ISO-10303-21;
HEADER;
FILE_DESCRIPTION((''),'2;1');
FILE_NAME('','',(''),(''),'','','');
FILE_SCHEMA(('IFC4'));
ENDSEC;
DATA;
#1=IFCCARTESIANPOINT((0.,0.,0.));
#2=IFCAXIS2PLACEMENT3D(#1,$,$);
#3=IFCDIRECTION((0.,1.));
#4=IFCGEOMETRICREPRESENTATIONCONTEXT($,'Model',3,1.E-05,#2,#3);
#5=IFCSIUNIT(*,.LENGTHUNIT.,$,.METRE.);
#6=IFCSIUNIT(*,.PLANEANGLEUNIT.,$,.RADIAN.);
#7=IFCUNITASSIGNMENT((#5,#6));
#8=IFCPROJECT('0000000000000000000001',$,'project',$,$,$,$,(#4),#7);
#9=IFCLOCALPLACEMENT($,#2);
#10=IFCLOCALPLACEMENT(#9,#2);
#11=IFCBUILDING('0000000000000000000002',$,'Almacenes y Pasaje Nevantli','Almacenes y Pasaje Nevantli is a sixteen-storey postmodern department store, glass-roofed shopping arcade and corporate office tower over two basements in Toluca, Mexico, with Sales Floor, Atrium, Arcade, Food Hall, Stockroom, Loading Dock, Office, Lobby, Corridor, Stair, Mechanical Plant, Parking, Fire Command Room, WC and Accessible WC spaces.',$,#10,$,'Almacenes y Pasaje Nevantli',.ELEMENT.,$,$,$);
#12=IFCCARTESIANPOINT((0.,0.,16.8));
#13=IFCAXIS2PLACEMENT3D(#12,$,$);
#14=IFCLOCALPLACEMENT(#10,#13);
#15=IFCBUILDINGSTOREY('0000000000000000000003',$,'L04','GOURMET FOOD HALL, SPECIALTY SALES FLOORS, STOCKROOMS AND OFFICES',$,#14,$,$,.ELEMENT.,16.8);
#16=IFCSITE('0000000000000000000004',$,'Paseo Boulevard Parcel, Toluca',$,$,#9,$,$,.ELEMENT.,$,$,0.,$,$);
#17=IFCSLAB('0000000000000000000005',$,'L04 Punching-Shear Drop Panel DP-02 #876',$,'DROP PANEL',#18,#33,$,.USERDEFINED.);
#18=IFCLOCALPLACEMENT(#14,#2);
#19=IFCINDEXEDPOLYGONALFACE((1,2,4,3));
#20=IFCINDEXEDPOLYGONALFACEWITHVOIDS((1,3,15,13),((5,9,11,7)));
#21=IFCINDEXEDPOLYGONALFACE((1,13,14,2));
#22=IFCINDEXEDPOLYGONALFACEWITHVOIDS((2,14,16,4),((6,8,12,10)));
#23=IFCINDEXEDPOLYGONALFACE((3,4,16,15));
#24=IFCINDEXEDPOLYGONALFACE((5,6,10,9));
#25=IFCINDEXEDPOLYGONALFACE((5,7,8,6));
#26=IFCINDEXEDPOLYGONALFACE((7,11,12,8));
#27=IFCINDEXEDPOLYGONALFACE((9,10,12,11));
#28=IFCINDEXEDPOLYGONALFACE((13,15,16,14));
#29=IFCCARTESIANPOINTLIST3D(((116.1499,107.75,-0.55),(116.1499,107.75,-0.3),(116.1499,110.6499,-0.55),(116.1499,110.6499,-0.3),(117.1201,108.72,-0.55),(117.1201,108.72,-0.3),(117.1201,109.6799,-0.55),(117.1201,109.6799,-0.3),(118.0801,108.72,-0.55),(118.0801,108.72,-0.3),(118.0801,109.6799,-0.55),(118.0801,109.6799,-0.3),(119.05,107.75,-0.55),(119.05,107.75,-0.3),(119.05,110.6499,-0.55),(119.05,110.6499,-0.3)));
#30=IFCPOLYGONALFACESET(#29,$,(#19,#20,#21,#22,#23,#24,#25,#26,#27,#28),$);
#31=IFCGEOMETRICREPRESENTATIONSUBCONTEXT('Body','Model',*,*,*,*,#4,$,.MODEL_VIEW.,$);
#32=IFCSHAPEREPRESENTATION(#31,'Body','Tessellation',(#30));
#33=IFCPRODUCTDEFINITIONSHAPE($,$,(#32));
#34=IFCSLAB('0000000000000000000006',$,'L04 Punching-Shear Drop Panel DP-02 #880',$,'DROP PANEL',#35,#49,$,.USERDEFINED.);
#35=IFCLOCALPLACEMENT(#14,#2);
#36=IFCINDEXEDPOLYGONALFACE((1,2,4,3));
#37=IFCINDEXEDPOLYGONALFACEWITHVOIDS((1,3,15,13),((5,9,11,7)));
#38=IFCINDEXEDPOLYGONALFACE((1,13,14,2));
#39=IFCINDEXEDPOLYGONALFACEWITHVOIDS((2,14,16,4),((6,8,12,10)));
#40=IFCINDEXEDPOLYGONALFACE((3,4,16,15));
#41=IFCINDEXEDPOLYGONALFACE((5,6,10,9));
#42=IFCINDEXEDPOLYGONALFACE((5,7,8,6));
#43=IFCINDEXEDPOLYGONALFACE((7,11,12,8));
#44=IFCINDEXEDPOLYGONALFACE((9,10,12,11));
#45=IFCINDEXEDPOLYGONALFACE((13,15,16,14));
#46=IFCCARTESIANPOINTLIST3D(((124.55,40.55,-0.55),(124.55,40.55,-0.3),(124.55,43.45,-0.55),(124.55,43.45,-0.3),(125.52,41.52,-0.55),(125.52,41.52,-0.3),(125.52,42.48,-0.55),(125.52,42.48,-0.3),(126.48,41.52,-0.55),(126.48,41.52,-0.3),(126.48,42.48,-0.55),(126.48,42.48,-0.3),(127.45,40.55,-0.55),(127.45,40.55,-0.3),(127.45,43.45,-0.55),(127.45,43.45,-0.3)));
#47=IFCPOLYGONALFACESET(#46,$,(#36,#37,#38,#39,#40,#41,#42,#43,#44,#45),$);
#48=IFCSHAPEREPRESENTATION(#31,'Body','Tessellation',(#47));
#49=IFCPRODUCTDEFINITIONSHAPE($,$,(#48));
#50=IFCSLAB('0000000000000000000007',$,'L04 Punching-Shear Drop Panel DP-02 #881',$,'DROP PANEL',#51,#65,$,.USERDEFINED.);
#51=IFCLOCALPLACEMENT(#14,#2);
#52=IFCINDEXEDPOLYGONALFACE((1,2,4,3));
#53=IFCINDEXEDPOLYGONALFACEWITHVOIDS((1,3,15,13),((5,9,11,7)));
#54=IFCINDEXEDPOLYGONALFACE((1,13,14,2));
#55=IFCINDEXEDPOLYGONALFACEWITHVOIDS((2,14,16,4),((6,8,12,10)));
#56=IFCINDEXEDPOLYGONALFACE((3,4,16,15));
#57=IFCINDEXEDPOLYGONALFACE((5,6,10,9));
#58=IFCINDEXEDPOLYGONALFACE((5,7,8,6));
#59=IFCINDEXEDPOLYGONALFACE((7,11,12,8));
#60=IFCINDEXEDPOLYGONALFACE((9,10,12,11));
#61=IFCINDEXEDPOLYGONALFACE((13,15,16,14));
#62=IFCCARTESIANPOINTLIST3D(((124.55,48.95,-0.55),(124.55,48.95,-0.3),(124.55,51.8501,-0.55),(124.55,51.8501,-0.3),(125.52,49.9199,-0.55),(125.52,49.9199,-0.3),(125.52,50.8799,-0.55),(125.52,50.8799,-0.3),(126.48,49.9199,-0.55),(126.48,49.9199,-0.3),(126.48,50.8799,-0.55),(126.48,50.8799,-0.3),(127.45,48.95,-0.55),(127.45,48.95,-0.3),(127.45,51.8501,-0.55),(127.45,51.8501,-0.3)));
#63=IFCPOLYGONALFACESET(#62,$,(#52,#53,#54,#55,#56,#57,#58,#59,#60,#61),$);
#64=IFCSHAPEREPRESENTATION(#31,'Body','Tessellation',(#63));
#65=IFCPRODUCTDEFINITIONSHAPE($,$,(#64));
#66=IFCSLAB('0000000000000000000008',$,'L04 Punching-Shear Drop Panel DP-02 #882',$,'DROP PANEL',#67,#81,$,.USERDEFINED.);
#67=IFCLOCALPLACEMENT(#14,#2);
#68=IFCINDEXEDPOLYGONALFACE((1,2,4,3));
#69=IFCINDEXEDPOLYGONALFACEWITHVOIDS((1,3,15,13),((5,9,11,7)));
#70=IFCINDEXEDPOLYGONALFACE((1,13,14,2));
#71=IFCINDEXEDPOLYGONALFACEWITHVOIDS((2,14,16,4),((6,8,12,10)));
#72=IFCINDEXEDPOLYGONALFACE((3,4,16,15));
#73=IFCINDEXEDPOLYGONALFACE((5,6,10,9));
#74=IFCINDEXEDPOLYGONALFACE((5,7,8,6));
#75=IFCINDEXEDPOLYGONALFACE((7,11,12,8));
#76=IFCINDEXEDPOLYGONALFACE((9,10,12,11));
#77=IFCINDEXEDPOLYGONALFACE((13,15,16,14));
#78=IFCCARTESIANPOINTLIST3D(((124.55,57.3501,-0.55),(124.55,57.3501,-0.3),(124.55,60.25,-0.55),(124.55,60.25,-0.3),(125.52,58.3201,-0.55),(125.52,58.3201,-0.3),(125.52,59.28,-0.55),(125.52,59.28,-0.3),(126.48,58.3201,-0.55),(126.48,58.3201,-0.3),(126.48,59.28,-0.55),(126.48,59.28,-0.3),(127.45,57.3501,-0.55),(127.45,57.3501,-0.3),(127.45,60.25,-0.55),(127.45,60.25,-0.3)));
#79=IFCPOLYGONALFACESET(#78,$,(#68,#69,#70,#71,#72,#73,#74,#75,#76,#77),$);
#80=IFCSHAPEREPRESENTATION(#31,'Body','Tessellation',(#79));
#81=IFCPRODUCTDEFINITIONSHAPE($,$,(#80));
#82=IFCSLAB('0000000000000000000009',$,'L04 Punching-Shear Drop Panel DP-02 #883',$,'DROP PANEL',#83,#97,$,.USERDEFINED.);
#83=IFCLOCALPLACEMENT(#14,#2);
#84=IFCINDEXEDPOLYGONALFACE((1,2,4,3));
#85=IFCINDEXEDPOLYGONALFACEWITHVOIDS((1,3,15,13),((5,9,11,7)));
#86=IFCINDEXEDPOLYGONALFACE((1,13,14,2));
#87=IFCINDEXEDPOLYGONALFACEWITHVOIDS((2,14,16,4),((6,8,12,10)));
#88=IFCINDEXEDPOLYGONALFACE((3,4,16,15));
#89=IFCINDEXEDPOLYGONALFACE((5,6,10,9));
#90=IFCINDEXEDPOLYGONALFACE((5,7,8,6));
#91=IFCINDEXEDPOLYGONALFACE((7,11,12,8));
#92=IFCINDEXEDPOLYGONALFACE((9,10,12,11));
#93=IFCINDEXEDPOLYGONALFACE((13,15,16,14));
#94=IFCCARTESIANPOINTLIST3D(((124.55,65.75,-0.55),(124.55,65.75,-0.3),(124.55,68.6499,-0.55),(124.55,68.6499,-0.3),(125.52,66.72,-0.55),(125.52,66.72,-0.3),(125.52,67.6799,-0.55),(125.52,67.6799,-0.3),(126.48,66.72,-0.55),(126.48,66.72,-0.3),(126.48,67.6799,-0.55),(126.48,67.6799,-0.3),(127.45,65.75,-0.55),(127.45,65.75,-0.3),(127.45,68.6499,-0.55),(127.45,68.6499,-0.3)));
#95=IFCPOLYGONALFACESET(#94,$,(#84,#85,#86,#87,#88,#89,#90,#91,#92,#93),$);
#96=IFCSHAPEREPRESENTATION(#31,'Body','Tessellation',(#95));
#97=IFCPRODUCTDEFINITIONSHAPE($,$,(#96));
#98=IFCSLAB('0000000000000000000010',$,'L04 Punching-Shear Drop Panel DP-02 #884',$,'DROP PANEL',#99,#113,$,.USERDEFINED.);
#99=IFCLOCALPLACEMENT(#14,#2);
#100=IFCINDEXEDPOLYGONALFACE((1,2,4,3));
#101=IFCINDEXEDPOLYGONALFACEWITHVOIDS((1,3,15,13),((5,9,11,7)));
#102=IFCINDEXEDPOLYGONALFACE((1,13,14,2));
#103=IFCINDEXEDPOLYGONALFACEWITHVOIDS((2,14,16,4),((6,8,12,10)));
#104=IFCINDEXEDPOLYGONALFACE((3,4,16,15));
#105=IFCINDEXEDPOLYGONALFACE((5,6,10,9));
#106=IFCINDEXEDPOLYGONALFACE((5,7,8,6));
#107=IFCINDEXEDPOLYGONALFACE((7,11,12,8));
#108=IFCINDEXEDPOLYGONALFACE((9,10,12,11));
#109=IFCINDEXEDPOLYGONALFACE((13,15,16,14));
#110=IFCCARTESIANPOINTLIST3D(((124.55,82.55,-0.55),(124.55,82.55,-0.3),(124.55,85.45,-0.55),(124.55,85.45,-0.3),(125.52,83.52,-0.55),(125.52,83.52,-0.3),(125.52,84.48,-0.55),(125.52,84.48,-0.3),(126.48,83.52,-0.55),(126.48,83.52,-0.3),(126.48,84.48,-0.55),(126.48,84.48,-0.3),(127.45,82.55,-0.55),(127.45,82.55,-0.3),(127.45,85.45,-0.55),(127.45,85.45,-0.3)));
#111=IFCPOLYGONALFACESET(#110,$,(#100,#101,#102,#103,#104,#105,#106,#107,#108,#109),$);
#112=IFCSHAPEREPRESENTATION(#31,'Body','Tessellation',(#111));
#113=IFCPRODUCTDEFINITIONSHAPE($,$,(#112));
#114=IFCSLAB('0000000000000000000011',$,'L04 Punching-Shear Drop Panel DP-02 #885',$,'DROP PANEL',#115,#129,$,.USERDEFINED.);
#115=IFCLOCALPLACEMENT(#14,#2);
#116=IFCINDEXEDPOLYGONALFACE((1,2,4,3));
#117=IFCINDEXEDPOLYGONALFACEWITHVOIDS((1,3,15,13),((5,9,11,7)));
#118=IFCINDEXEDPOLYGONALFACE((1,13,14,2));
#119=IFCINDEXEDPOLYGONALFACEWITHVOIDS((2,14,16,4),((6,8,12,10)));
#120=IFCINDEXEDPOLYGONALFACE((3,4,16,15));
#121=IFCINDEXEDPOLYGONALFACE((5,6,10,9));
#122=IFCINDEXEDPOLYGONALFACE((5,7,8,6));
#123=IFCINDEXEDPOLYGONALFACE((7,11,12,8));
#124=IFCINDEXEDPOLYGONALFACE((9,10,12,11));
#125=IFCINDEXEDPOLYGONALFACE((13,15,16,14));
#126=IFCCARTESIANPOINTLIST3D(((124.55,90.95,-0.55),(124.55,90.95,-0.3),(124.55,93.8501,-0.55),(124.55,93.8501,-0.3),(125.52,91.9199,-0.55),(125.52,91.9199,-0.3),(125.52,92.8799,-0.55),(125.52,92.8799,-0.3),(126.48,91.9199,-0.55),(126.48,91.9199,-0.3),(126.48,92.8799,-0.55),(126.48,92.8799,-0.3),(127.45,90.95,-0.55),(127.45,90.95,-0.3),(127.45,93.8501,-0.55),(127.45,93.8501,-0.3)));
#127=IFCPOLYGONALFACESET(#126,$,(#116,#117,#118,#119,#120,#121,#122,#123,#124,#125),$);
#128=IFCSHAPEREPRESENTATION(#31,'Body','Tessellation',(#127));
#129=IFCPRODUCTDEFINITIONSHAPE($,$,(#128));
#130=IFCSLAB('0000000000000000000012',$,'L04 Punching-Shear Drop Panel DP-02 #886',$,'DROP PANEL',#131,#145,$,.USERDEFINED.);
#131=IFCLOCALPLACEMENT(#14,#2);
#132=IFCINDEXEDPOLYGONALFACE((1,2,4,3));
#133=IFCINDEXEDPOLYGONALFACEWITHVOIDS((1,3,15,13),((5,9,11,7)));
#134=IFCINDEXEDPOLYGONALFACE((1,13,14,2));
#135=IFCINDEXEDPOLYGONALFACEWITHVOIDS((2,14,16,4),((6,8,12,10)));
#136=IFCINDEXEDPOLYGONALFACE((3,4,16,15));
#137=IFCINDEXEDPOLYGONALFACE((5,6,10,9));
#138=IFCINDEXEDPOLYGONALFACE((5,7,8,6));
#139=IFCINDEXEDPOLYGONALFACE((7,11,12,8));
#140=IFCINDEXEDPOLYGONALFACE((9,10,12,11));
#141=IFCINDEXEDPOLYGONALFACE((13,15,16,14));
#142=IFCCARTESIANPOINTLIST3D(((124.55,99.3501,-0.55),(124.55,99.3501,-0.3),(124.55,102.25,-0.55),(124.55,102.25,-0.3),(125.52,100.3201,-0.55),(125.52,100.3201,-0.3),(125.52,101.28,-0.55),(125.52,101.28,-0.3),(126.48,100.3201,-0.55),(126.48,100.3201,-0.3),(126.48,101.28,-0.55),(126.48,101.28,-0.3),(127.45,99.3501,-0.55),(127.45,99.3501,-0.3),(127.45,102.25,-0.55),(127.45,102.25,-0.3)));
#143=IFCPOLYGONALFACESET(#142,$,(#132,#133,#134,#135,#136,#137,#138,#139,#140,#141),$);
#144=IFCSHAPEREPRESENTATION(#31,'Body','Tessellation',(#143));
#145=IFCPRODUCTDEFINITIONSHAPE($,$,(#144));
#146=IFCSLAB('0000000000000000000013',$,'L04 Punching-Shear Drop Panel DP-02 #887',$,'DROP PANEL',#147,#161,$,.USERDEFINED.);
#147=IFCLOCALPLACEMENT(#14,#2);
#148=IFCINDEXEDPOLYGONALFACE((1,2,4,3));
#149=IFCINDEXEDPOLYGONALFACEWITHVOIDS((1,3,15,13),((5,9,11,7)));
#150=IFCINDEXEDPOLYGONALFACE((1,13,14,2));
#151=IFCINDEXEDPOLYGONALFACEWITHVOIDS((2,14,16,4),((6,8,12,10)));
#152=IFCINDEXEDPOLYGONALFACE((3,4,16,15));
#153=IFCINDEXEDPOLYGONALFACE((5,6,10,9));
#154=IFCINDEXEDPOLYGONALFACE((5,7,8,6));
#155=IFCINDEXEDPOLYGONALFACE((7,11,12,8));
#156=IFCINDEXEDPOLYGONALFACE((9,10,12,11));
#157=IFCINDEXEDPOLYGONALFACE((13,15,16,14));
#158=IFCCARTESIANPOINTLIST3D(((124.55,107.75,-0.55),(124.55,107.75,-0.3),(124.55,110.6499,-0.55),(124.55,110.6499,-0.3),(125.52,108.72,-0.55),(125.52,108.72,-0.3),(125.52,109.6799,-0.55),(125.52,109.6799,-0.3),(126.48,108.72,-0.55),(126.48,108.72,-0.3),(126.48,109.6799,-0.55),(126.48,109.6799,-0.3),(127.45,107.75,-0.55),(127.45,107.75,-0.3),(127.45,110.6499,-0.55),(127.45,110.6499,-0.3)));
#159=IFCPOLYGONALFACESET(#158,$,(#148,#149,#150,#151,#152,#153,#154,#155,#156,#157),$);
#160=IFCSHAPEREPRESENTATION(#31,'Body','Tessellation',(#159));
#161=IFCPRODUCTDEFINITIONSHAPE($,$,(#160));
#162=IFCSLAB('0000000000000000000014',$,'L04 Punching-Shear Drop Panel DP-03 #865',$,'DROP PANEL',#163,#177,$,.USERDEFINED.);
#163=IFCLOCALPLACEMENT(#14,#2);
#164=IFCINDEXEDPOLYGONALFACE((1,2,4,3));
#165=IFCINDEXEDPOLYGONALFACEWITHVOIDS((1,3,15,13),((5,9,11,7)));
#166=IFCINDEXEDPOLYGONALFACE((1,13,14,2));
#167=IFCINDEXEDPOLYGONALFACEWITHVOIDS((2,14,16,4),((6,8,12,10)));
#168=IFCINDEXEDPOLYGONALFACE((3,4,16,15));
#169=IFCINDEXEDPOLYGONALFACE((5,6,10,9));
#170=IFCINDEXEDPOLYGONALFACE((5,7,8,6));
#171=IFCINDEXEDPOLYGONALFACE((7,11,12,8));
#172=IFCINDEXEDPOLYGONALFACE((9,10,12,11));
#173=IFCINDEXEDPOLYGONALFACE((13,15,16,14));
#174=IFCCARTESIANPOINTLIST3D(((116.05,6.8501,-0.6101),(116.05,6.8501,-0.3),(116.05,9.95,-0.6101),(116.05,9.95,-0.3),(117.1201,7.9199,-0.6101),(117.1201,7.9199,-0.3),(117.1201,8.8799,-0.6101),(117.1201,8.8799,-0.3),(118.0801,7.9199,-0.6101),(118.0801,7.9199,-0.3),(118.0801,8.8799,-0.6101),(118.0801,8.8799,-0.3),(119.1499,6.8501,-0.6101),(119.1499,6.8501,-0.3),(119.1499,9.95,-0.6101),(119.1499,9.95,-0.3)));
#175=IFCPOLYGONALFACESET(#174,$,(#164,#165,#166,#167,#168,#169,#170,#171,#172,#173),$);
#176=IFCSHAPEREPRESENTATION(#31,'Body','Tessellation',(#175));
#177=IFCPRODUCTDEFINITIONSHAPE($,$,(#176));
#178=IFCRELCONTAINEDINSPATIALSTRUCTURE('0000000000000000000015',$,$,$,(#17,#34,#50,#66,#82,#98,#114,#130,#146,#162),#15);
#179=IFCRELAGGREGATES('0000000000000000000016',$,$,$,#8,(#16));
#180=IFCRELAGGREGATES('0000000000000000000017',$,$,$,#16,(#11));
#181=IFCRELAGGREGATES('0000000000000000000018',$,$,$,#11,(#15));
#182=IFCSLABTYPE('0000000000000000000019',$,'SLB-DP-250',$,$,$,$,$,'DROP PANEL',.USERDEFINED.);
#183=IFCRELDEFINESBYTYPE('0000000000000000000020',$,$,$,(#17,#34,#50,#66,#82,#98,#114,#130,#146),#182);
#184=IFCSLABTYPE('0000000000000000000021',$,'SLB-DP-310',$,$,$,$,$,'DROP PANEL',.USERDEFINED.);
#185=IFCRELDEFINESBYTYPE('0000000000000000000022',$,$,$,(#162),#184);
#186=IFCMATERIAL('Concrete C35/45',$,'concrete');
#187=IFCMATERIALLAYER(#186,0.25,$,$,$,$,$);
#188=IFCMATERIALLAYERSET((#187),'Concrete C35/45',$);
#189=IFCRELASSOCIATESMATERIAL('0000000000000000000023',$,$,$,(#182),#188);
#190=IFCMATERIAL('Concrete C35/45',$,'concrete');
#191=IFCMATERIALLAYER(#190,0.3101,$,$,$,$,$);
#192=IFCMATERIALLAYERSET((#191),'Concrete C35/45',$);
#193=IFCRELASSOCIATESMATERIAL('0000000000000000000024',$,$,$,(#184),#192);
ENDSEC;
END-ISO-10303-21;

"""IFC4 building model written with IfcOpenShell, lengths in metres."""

from ifc_helpers import new_model, si_unit, direction, frame, origin, place, context, subcontext, project, spatial, polyline, outline, extrude, material, layer, layer_set, type_object, element, save


model = new_model("IFC4")

# Units and contexts
model_context = context("Model", 3, precision=1e-05, world=origin(), true_north=direction((0.0, 1.0)))
body_context = subcontext(model_context, "Body", "Model", "MODEL_VIEW")
ifc_project = project(units=[si_unit("LENGTHUNIT", "METRE"), si_unit("PLANEANGLEUNIT", "RADIAN")], contexts=[model_context])

# Site, building, storey
site_placement = place(None, origin())
site = spatial("IfcSite", under=ifc_project, at=site_placement, Name="Paseo Boulevard Parcel, Toluca", CompositionType="ELEMENT", RefElevation=0.0)
building_placement = place(site_placement, origin())
building = spatial("IfcBuilding", under=site, at=building_placement, Name="Almacenes y Pasaje Nevantli", Description="Almacenes y Pasaje Nevantli is a sixteen-storey postmodern department store, glass-roofed shopping arcade and corporate office tower over two basements in Toluca, Mexico, with Sales Floor, Atrium, Arcade, Food Hall, Stockroom, Loading Dock, Office, Lobby, Corridor, Stair, Mechanical Plant, Parking, Fire Command Room, WC and Accessible WC spaces.", LongName="Almacenes y Pasaje Nevantli", CompositionType="ELEMENT")
storey_placement = place(building_placement, frame((0.0, 0.0, 16.8)))
storey = spatial("IfcBuildingStorey", under=building, at=storey_placement, Name="L04", Description="GOURMET FOOD HALL, SPECIALTY SALES FLOORS, STOCKROOMS AND OFFICES", CompositionType="ELEMENT", Elevation=16.8)

# Slabs
ifc_material_1 = material(Name="Concrete C35/45", Category="concrete")
ifc_layer_1 = layer(ifc_material_1, 0.25)
ifc_layer_set_1 = layer_set([ifc_layer_1], Name="Concrete C35/45")
slab_type_1 = type_object("IfcSlabType", Name="SLB-DP-250", ElementType="DROP PANEL", PredefinedType="USERDEFINED", material=ifc_layer_set_1)
slab_1_placement = place(storey_placement, frame((0.0, 0.0, -0.55)))
element("IfcSlab", 1, at=slab_1_placement, inside=storey, type_object=slab_type_1, Name="L04 Punching-Shear Drop Panel DP-02 #876", ObjectType="DROP PANEL", PredefinedType="USERDEFINED", context=body_context, shape_type="SweptSolid", body=[
    extrude(outline(polyline([(116.1499, 107.75), (119.05, 107.75), (119.05, 110.6499), (116.1499, 110.6499), (116.1499, 107.75)]), holes=[polyline([(117.1201, 108.72), (118.0801, 108.72), (118.0801, 109.6799), (117.1201, 109.6799), (117.1201, 108.72)])]), origin(), (0.0, 0.0, 1.0), 0.25),
])
slab_2_placement = place(storey_placement, frame((0.0, 0.0, -0.55)))
element("IfcSlab", 2, at=slab_2_placement, inside=storey, type_object=slab_type_1, Name="L04 Punching-Shear Drop Panel DP-02 #880", ObjectType="DROP PANEL", PredefinedType="USERDEFINED", context=body_context, shape_type="SweptSolid", body=[
    extrude(outline(polyline([(124.55, 40.55), (127.45, 40.55), (127.45, 43.45), (124.55, 43.45), (124.55, 40.55)]), holes=[polyline([(125.52, 41.52), (126.48, 41.52), (126.48, 42.48), (125.52, 42.48), (125.52, 41.52)])]), origin(), (0.0, 0.0, 1.0), 0.25),
])
slab_3_placement = place(storey_placement, frame((0.0, 0.0, -0.55)))
element("IfcSlab", 3, at=slab_3_placement, inside=storey, type_object=slab_type_1, Name="L04 Punching-Shear Drop Panel DP-02 #881", ObjectType="DROP PANEL", PredefinedType="USERDEFINED", context=body_context, shape_type="SweptSolid", body=[
    extrude(outline(polyline([(124.55, 48.95), (127.45, 48.95), (127.45, 51.8501), (124.55, 51.8501), (124.55, 48.95)]), holes=[polyline([(125.52, 49.9199), (126.48, 49.9199), (126.48, 50.8799), (125.52, 50.8799), (125.52, 49.9199)])]), origin(), (0.0, 0.0, 1.0), 0.25),
])
slab_4_placement = place(storey_placement, frame((0.0, 0.0, -0.55)))
element("IfcSlab", 4, at=slab_4_placement, inside=storey, type_object=slab_type_1, Name="L04 Punching-Shear Drop Panel DP-02 #882", ObjectType="DROP PANEL", PredefinedType="USERDEFINED", context=body_context, shape_type="SweptSolid", body=[
    extrude(outline(polyline([(124.55, 57.3501), (127.45, 57.3501), (127.45, 60.25), (124.55, 60.25), (124.55, 57.3501)]), holes=[polyline([(125.52, 58.3201), (126.48, 58.3201), (126.48, 59.28), (125.52, 59.28), (125.52, 58.3201)])]), origin(), (0.0, 0.0, 1.0), 0.25),
])
slab_5_placement = place(storey_placement, frame((0.0, 0.0, -0.55)))
element("IfcSlab", 5, at=slab_5_placement, inside=storey, type_object=slab_type_1, Name="L04 Punching-Shear Drop Panel DP-02 #883", ObjectType="DROP PANEL", PredefinedType="USERDEFINED", context=body_context, shape_type="SweptSolid", body=[
    extrude(outline(polyline([(124.55, 65.75), (127.45, 65.75), (127.45, 68.6499), (124.55, 68.6499), (124.55, 65.75)]), holes=[polyline([(125.52, 66.72), (126.48, 66.72), (126.48, 67.6799), (125.52, 67.6799), (125.52, 66.72)])]), origin(), (0.0, 0.0, 1.0), 0.25),
])
slab_6_placement = place(storey_placement, frame((0.0, 0.0, -0.55)))
element("IfcSlab", 6, at=slab_6_placement, inside=storey, type_object=slab_type_1, Name="L04 Punching-Shear Drop Panel DP-02 #884", ObjectType="DROP PANEL", PredefinedType="USERDEFINED", context=body_context, shape_type="SweptSolid", body=[
    extrude(outline(polyline([(124.55, 82.55), (127.45, 82.55), (127.45, 85.45), (124.55, 85.45), (124.55, 82.55)]), holes=[polyline([(125.52, 83.52), (126.48, 83.52), (126.48, 84.48), (125.52, 84.48), (125.52, 83.52)])]), origin(), (0.0, 0.0, 1.0), 0.25),
])
slab_7_placement = place(storey_placement, frame((0.0, 0.0, -0.55)))
element("IfcSlab", 7, at=slab_7_placement, inside=storey, type_object=slab_type_1, Name="L04 Punching-Shear Drop Panel DP-02 #885", ObjectType="DROP PANEL", PredefinedType="USERDEFINED", context=body_context, shape_type="SweptSolid", body=[
    extrude(outline(polyline([(124.55, 90.95), (127.45, 90.95), (127.45, 93.8501), (124.55, 93.8501), (124.55, 90.95)]), holes=[polyline([(125.52, 91.9199), (126.48, 91.9199), (126.48, 92.8799), (125.52, 92.8799), (125.52, 91.9199)])]), origin(), (0.0, 0.0, 1.0), 0.25),
])
slab_8_placement = place(storey_placement, frame((0.0, 0.0, -0.55)))
element("IfcSlab", 8, at=slab_8_placement, inside=storey, type_object=slab_type_1, Name="L04 Punching-Shear Drop Panel DP-02 #886", ObjectType="DROP PANEL", PredefinedType="USERDEFINED", context=body_context, shape_type="SweptSolid", body=[
    extrude(outline(polyline([(124.55, 99.3501), (127.45, 99.3501), (127.45, 102.25), (124.55, 102.25), (124.55, 99.3501)]), holes=[polyline([(125.52, 100.3201), (126.48, 100.3201), (126.48, 101.28), (125.52, 101.28), (125.52, 100.3201)])]), origin(), (0.0, 0.0, 1.0), 0.25),
])
slab_9_placement = place(storey_placement, frame((0.0, 0.0, -0.55)))
element("IfcSlab", 9, at=slab_9_placement, inside=storey, type_object=slab_type_1, Name="L04 Punching-Shear Drop Panel DP-02 #887", ObjectType="DROP PANEL", PredefinedType="USERDEFINED", context=body_context, shape_type="SweptSolid", body=[
    extrude(outline(polyline([(124.55, 107.75), (127.45, 107.75), (127.45, 110.6499), (124.55, 110.6499), (124.55, 107.75)]), holes=[polyline([(125.52, 108.72), (126.48, 108.72), (126.48, 109.6799), (125.52, 109.6799), (125.52, 108.72)])]), origin(), (0.0, 0.0, 1.0), 0.25),
])
ifc_material_2 = material(Name="Concrete C35/45", Category="concrete")
ifc_layer_2 = layer(ifc_material_2, 0.3101)
ifc_layer_set_2 = layer_set([ifc_layer_2], Name="Concrete C35/45")
slab_type_2 = type_object("IfcSlabType", Name="SLB-DP-310", ElementType="DROP PANEL", PredefinedType="USERDEFINED", material=ifc_layer_set_2)
slab_10_placement = place(storey_placement, frame((0.0, 0.0, -0.6101)))
element("IfcSlab", 10, at=slab_10_placement, inside=storey, type_object=slab_type_2, Name="L04 Punching-Shear Drop Panel DP-03 #865", ObjectType="DROP PANEL", PredefinedType="USERDEFINED", context=body_context, shape_type="SweptSolid", body=[
    extrude(outline(polyline([(116.05, 6.8501), (119.1499, 6.8501), (119.1499, 9.95), (116.05, 9.95), (116.05, 6.8501)]), holes=[polyline([(117.1201, 7.9199), (118.0801, 7.9199), (118.0801, 8.8799), (117.1201, 8.8799), (117.1201, 7.9199)])]), origin(), (0.0, 0.0, 1.0), 0.3101),
])

save(model, "model.ifc")
